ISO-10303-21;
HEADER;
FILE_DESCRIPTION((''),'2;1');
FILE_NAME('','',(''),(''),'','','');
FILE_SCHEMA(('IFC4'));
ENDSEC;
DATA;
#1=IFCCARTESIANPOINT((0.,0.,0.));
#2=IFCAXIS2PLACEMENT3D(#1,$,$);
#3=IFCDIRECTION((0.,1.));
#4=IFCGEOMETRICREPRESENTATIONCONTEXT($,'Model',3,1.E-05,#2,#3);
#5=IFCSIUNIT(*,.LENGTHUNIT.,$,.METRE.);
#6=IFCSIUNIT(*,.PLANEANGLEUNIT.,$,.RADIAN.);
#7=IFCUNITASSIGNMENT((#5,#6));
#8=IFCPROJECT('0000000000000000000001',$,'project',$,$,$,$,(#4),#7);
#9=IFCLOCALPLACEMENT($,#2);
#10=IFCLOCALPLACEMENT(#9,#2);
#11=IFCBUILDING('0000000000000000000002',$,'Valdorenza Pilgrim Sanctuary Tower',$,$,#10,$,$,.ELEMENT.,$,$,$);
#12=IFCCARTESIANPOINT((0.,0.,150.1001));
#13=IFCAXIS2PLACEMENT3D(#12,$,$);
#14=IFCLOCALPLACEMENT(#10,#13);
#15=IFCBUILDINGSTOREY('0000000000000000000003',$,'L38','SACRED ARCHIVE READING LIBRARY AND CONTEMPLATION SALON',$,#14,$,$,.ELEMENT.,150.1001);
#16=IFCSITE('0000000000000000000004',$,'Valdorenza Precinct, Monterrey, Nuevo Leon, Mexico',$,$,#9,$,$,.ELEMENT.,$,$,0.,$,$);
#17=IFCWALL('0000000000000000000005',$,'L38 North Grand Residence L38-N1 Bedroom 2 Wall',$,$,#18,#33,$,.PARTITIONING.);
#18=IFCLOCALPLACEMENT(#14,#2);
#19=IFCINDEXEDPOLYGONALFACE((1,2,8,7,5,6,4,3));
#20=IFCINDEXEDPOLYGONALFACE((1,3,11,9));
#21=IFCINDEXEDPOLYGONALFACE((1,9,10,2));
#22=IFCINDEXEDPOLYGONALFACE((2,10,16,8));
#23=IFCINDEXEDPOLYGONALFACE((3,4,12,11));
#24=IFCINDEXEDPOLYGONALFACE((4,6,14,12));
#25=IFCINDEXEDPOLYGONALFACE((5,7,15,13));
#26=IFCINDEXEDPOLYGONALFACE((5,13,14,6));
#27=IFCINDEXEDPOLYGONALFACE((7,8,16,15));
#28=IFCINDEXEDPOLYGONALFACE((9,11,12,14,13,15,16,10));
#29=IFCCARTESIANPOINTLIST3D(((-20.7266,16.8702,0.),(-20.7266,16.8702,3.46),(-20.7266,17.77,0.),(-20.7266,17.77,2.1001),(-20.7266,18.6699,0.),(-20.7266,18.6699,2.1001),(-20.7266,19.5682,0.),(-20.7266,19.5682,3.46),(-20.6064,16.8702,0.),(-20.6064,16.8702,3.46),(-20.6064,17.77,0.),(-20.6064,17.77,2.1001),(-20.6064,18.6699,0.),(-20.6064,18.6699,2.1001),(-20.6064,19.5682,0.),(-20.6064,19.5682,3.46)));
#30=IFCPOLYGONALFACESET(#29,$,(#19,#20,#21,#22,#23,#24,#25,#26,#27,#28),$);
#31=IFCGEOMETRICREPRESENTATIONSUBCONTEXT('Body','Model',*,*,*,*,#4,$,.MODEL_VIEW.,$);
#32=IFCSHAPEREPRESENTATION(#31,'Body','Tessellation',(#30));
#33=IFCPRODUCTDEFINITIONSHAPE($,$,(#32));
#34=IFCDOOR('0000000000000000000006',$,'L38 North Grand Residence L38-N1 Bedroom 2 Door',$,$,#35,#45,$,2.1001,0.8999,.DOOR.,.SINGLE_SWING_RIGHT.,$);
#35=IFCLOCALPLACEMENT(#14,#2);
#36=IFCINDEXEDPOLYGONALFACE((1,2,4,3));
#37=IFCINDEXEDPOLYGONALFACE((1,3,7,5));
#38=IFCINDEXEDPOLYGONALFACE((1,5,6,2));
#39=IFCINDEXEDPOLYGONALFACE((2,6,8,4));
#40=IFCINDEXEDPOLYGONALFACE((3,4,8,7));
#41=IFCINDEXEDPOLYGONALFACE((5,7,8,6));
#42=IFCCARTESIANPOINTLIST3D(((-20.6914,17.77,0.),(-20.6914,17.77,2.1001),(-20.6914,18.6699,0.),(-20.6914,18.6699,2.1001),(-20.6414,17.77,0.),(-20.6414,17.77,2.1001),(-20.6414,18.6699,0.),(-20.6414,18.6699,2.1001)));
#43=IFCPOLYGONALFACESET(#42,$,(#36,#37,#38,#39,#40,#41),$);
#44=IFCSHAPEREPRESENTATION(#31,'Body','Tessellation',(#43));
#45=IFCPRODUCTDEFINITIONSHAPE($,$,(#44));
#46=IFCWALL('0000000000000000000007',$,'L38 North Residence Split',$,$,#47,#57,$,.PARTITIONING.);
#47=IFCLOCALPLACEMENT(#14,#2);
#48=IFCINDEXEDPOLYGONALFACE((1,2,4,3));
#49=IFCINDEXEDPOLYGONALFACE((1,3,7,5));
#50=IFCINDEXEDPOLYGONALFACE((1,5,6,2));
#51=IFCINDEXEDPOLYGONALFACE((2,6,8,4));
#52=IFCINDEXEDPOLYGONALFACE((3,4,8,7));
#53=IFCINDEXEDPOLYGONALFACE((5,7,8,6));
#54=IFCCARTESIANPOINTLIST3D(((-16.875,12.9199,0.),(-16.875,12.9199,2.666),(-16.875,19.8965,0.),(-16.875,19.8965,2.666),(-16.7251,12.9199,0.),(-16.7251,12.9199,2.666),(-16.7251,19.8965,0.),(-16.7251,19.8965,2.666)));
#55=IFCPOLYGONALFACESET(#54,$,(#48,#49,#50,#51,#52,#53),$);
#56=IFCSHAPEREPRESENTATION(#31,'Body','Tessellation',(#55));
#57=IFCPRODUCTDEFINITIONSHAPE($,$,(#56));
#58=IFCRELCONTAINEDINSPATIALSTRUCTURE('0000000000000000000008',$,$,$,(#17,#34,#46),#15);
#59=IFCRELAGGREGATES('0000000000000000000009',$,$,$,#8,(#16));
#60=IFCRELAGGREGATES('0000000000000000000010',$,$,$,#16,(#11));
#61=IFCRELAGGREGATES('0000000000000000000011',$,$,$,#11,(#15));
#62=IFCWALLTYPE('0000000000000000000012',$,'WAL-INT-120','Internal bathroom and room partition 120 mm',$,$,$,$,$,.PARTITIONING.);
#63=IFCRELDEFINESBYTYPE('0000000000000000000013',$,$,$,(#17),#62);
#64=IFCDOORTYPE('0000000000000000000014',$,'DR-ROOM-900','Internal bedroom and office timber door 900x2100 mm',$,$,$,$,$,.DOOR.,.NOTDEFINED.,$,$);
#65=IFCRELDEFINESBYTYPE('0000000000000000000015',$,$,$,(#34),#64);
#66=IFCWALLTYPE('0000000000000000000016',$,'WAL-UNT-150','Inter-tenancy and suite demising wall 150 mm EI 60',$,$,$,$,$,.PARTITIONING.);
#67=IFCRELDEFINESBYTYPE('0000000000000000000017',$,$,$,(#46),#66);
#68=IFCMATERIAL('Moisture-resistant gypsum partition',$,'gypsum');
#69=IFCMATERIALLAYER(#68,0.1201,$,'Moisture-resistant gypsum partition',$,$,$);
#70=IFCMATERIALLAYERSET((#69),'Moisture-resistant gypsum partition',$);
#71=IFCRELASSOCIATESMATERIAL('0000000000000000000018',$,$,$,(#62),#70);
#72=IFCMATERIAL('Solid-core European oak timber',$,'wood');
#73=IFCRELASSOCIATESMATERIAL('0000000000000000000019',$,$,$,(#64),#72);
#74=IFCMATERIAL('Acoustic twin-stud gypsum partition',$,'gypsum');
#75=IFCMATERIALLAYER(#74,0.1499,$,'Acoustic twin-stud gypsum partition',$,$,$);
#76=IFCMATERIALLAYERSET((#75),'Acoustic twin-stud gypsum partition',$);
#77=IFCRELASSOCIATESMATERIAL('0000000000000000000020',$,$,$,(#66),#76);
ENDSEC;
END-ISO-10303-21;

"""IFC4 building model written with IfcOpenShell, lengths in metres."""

from ifc_helpers import new_model, si_unit, direction, frame, frame_2d, origin, place, context, subcontext, project, spatial, rectangle, extrude, material, layer, layer_set, type_object, element, fill, save


model = new_model("IFC4")

# Units and contexts
model_context = context("Model", 3, precision=1e-05, world=origin(), true_north=direction((0.0, 1.0)))
body_context = subcontext(model_context, "Body", "Model", "MODEL_VIEW")
ifc_project = project(units=[si_unit("LENGTHUNIT", "METRE"), si_unit("PLANEANGLEUNIT", "RADIAN")], contexts=[model_context])

# Site, building, storey
site_placement = place(None, origin())
site = spatial("IfcSite", under=ifc_project, at=site_placement, Name="Valdorenza Precinct, Monterrey, Nuevo Leon, Mexico", CompositionType="ELEMENT", RefElevation=0.0)
building_placement = place(site_placement, origin())
building = spatial("IfcBuilding", under=site, at=building_placement, Name="Valdorenza Pilgrim Sanctuary Tower", CompositionType="ELEMENT")
storey_placement = place(building_placement, frame((0.0, 0.0, 150.1001)))
storey = spatial("IfcBuildingStorey", under=building, at=storey_placement, Name="L38", Description="SACRED ARCHIVE READING LIBRARY AND CONTEMPLATION SALON", CompositionType="ELEMENT", Elevation=150.1001)

# Shared definitions
ifc_material_1 = material(Name="Moisture-resistant gypsum partition", Category="gypsum")
ifc_layer_1 = layer(ifc_material_1, 0.1201, Name="Moisture-resistant gypsum partition")
ifc_layer_set_1 = layer_set([ifc_layer_1], Name="Moisture-resistant gypsum partition")
wall_type_1 = type_object("IfcWallType", Name="WAL-INT-120", Description="Internal bathroom and room partition 120 mm", PredefinedType="PARTITIONING", material=ifc_layer_set_1)

# Wall, opening, door
ifc_material_2 = material(Name="Solid-core European oak timber", Category="wood")
door_type_1 = type_object("IfcDoorType", Name="DR-ROOM-900", Description="Internal bedroom and office timber door 900x2100 mm", OperationType="NOTDEFINED", PredefinedType="DOOR", material=ifc_material_2)
wall_1_placement = place(storey_placement, frame((-20.6665, 16.8701, 0.0), z_axis=(0.0, 0.0, 1.0), x_axis=(0.0, 1.0, 0.0)))
wall_1 = element("IfcWall", 1, at=wall_1_placement, inside=storey, type_object=wall_type_1, Name="L38 North Grand Residence L38-N1 Bedroom 2 Wall", PredefinedType="PARTITIONING", context=body_context, shape_type="SweptSolid", body=[
    extrude(rectangle(XDim=2.698, YDim=0.1201, at=frame_2d((1.3491, 0.0))), origin(), (0.0, 0.0, 1.0), 3.46),
])
opening_1_placement = place(wall_1_placement, frame((0.8999, 0.0, 0.0)))
opening_1 = element("IfcOpeningElement", 2, at=opening_1_placement, cuts=wall_1, PredefinedType="OPENING", context=body_context, shape_type="SweptSolid", body=[
    extrude(rectangle(XDim=0.8999, YDim=2.1001, at=frame_2d((0.45, 1.05))), frame((0.0, 0.075, 0.0), z_axis=(0.0, -1.0, 0.0), x_axis=(1.0, 0.0, 0.0)), (0.0, 0.0, 1.0), 0.1499),
])
door_1_placement = place(opening_1_placement, origin())
door_1 = element("IfcDoor", 3, at=door_1_placement, inside=storey, type_object=door_type_1, Name="L38 North Grand Residence L38-N1 Bedroom 2 Door", OperationType="SINGLE_SWING_RIGHT", OverallHeight=2.1001, OverallWidth=0.8999, PredefinedType="DOOR", context=body_context, shape_type="SweptSolid", body=[
    extrude(rectangle(XDim=0.8999, YDim=2.1001, at=frame_2d((0.45, 1.05))), frame((0.0, 0.0249, 0.0), z_axis=(0.0, -1.0, 0.0), x_axis=(1.0, 0.0, 0.0)), (0.0, 0.0, 1.0), 0.05),
])
fill(opening_1, door_1)

# Wall
ifc_material_3 = material(Name="Acoustic twin-stud gypsum partition", Category="gypsum")
ifc_layer_2 = layer(ifc_material_3, 0.1499, Name="Acoustic twin-stud gypsum partition")
ifc_layer_set_2 = layer_set([ifc_layer_2], Name="Acoustic twin-stud gypsum partition")
wall_type_2 = type_object("IfcWallType", Name="WAL-UNT-150", Description="Inter-tenancy and suite demising wall 150 mm EI 60", PredefinedType="PARTITIONING", material=ifc_layer_set_2)
wall_2_placement = place(storey_placement, frame((-16.8, 12.9199, 0.0), z_axis=(0.0, 0.0, 1.0), x_axis=(0.0, 1.0, 0.0)))
element("IfcWall", 4, at=wall_2_placement, inside=storey, type_object=wall_type_2, Name="L38 North Residence Split", PredefinedType="PARTITIONING", context=body_context, shape_type="SweptSolid", body=[
    extrude(rectangle(XDim=6.9766, YDim=0.1499, at=frame_2d((3.4883, 0.0))), origin(), (0.0, 0.0, 1.0), 2.666),
])

save(model, "model.ifc")
